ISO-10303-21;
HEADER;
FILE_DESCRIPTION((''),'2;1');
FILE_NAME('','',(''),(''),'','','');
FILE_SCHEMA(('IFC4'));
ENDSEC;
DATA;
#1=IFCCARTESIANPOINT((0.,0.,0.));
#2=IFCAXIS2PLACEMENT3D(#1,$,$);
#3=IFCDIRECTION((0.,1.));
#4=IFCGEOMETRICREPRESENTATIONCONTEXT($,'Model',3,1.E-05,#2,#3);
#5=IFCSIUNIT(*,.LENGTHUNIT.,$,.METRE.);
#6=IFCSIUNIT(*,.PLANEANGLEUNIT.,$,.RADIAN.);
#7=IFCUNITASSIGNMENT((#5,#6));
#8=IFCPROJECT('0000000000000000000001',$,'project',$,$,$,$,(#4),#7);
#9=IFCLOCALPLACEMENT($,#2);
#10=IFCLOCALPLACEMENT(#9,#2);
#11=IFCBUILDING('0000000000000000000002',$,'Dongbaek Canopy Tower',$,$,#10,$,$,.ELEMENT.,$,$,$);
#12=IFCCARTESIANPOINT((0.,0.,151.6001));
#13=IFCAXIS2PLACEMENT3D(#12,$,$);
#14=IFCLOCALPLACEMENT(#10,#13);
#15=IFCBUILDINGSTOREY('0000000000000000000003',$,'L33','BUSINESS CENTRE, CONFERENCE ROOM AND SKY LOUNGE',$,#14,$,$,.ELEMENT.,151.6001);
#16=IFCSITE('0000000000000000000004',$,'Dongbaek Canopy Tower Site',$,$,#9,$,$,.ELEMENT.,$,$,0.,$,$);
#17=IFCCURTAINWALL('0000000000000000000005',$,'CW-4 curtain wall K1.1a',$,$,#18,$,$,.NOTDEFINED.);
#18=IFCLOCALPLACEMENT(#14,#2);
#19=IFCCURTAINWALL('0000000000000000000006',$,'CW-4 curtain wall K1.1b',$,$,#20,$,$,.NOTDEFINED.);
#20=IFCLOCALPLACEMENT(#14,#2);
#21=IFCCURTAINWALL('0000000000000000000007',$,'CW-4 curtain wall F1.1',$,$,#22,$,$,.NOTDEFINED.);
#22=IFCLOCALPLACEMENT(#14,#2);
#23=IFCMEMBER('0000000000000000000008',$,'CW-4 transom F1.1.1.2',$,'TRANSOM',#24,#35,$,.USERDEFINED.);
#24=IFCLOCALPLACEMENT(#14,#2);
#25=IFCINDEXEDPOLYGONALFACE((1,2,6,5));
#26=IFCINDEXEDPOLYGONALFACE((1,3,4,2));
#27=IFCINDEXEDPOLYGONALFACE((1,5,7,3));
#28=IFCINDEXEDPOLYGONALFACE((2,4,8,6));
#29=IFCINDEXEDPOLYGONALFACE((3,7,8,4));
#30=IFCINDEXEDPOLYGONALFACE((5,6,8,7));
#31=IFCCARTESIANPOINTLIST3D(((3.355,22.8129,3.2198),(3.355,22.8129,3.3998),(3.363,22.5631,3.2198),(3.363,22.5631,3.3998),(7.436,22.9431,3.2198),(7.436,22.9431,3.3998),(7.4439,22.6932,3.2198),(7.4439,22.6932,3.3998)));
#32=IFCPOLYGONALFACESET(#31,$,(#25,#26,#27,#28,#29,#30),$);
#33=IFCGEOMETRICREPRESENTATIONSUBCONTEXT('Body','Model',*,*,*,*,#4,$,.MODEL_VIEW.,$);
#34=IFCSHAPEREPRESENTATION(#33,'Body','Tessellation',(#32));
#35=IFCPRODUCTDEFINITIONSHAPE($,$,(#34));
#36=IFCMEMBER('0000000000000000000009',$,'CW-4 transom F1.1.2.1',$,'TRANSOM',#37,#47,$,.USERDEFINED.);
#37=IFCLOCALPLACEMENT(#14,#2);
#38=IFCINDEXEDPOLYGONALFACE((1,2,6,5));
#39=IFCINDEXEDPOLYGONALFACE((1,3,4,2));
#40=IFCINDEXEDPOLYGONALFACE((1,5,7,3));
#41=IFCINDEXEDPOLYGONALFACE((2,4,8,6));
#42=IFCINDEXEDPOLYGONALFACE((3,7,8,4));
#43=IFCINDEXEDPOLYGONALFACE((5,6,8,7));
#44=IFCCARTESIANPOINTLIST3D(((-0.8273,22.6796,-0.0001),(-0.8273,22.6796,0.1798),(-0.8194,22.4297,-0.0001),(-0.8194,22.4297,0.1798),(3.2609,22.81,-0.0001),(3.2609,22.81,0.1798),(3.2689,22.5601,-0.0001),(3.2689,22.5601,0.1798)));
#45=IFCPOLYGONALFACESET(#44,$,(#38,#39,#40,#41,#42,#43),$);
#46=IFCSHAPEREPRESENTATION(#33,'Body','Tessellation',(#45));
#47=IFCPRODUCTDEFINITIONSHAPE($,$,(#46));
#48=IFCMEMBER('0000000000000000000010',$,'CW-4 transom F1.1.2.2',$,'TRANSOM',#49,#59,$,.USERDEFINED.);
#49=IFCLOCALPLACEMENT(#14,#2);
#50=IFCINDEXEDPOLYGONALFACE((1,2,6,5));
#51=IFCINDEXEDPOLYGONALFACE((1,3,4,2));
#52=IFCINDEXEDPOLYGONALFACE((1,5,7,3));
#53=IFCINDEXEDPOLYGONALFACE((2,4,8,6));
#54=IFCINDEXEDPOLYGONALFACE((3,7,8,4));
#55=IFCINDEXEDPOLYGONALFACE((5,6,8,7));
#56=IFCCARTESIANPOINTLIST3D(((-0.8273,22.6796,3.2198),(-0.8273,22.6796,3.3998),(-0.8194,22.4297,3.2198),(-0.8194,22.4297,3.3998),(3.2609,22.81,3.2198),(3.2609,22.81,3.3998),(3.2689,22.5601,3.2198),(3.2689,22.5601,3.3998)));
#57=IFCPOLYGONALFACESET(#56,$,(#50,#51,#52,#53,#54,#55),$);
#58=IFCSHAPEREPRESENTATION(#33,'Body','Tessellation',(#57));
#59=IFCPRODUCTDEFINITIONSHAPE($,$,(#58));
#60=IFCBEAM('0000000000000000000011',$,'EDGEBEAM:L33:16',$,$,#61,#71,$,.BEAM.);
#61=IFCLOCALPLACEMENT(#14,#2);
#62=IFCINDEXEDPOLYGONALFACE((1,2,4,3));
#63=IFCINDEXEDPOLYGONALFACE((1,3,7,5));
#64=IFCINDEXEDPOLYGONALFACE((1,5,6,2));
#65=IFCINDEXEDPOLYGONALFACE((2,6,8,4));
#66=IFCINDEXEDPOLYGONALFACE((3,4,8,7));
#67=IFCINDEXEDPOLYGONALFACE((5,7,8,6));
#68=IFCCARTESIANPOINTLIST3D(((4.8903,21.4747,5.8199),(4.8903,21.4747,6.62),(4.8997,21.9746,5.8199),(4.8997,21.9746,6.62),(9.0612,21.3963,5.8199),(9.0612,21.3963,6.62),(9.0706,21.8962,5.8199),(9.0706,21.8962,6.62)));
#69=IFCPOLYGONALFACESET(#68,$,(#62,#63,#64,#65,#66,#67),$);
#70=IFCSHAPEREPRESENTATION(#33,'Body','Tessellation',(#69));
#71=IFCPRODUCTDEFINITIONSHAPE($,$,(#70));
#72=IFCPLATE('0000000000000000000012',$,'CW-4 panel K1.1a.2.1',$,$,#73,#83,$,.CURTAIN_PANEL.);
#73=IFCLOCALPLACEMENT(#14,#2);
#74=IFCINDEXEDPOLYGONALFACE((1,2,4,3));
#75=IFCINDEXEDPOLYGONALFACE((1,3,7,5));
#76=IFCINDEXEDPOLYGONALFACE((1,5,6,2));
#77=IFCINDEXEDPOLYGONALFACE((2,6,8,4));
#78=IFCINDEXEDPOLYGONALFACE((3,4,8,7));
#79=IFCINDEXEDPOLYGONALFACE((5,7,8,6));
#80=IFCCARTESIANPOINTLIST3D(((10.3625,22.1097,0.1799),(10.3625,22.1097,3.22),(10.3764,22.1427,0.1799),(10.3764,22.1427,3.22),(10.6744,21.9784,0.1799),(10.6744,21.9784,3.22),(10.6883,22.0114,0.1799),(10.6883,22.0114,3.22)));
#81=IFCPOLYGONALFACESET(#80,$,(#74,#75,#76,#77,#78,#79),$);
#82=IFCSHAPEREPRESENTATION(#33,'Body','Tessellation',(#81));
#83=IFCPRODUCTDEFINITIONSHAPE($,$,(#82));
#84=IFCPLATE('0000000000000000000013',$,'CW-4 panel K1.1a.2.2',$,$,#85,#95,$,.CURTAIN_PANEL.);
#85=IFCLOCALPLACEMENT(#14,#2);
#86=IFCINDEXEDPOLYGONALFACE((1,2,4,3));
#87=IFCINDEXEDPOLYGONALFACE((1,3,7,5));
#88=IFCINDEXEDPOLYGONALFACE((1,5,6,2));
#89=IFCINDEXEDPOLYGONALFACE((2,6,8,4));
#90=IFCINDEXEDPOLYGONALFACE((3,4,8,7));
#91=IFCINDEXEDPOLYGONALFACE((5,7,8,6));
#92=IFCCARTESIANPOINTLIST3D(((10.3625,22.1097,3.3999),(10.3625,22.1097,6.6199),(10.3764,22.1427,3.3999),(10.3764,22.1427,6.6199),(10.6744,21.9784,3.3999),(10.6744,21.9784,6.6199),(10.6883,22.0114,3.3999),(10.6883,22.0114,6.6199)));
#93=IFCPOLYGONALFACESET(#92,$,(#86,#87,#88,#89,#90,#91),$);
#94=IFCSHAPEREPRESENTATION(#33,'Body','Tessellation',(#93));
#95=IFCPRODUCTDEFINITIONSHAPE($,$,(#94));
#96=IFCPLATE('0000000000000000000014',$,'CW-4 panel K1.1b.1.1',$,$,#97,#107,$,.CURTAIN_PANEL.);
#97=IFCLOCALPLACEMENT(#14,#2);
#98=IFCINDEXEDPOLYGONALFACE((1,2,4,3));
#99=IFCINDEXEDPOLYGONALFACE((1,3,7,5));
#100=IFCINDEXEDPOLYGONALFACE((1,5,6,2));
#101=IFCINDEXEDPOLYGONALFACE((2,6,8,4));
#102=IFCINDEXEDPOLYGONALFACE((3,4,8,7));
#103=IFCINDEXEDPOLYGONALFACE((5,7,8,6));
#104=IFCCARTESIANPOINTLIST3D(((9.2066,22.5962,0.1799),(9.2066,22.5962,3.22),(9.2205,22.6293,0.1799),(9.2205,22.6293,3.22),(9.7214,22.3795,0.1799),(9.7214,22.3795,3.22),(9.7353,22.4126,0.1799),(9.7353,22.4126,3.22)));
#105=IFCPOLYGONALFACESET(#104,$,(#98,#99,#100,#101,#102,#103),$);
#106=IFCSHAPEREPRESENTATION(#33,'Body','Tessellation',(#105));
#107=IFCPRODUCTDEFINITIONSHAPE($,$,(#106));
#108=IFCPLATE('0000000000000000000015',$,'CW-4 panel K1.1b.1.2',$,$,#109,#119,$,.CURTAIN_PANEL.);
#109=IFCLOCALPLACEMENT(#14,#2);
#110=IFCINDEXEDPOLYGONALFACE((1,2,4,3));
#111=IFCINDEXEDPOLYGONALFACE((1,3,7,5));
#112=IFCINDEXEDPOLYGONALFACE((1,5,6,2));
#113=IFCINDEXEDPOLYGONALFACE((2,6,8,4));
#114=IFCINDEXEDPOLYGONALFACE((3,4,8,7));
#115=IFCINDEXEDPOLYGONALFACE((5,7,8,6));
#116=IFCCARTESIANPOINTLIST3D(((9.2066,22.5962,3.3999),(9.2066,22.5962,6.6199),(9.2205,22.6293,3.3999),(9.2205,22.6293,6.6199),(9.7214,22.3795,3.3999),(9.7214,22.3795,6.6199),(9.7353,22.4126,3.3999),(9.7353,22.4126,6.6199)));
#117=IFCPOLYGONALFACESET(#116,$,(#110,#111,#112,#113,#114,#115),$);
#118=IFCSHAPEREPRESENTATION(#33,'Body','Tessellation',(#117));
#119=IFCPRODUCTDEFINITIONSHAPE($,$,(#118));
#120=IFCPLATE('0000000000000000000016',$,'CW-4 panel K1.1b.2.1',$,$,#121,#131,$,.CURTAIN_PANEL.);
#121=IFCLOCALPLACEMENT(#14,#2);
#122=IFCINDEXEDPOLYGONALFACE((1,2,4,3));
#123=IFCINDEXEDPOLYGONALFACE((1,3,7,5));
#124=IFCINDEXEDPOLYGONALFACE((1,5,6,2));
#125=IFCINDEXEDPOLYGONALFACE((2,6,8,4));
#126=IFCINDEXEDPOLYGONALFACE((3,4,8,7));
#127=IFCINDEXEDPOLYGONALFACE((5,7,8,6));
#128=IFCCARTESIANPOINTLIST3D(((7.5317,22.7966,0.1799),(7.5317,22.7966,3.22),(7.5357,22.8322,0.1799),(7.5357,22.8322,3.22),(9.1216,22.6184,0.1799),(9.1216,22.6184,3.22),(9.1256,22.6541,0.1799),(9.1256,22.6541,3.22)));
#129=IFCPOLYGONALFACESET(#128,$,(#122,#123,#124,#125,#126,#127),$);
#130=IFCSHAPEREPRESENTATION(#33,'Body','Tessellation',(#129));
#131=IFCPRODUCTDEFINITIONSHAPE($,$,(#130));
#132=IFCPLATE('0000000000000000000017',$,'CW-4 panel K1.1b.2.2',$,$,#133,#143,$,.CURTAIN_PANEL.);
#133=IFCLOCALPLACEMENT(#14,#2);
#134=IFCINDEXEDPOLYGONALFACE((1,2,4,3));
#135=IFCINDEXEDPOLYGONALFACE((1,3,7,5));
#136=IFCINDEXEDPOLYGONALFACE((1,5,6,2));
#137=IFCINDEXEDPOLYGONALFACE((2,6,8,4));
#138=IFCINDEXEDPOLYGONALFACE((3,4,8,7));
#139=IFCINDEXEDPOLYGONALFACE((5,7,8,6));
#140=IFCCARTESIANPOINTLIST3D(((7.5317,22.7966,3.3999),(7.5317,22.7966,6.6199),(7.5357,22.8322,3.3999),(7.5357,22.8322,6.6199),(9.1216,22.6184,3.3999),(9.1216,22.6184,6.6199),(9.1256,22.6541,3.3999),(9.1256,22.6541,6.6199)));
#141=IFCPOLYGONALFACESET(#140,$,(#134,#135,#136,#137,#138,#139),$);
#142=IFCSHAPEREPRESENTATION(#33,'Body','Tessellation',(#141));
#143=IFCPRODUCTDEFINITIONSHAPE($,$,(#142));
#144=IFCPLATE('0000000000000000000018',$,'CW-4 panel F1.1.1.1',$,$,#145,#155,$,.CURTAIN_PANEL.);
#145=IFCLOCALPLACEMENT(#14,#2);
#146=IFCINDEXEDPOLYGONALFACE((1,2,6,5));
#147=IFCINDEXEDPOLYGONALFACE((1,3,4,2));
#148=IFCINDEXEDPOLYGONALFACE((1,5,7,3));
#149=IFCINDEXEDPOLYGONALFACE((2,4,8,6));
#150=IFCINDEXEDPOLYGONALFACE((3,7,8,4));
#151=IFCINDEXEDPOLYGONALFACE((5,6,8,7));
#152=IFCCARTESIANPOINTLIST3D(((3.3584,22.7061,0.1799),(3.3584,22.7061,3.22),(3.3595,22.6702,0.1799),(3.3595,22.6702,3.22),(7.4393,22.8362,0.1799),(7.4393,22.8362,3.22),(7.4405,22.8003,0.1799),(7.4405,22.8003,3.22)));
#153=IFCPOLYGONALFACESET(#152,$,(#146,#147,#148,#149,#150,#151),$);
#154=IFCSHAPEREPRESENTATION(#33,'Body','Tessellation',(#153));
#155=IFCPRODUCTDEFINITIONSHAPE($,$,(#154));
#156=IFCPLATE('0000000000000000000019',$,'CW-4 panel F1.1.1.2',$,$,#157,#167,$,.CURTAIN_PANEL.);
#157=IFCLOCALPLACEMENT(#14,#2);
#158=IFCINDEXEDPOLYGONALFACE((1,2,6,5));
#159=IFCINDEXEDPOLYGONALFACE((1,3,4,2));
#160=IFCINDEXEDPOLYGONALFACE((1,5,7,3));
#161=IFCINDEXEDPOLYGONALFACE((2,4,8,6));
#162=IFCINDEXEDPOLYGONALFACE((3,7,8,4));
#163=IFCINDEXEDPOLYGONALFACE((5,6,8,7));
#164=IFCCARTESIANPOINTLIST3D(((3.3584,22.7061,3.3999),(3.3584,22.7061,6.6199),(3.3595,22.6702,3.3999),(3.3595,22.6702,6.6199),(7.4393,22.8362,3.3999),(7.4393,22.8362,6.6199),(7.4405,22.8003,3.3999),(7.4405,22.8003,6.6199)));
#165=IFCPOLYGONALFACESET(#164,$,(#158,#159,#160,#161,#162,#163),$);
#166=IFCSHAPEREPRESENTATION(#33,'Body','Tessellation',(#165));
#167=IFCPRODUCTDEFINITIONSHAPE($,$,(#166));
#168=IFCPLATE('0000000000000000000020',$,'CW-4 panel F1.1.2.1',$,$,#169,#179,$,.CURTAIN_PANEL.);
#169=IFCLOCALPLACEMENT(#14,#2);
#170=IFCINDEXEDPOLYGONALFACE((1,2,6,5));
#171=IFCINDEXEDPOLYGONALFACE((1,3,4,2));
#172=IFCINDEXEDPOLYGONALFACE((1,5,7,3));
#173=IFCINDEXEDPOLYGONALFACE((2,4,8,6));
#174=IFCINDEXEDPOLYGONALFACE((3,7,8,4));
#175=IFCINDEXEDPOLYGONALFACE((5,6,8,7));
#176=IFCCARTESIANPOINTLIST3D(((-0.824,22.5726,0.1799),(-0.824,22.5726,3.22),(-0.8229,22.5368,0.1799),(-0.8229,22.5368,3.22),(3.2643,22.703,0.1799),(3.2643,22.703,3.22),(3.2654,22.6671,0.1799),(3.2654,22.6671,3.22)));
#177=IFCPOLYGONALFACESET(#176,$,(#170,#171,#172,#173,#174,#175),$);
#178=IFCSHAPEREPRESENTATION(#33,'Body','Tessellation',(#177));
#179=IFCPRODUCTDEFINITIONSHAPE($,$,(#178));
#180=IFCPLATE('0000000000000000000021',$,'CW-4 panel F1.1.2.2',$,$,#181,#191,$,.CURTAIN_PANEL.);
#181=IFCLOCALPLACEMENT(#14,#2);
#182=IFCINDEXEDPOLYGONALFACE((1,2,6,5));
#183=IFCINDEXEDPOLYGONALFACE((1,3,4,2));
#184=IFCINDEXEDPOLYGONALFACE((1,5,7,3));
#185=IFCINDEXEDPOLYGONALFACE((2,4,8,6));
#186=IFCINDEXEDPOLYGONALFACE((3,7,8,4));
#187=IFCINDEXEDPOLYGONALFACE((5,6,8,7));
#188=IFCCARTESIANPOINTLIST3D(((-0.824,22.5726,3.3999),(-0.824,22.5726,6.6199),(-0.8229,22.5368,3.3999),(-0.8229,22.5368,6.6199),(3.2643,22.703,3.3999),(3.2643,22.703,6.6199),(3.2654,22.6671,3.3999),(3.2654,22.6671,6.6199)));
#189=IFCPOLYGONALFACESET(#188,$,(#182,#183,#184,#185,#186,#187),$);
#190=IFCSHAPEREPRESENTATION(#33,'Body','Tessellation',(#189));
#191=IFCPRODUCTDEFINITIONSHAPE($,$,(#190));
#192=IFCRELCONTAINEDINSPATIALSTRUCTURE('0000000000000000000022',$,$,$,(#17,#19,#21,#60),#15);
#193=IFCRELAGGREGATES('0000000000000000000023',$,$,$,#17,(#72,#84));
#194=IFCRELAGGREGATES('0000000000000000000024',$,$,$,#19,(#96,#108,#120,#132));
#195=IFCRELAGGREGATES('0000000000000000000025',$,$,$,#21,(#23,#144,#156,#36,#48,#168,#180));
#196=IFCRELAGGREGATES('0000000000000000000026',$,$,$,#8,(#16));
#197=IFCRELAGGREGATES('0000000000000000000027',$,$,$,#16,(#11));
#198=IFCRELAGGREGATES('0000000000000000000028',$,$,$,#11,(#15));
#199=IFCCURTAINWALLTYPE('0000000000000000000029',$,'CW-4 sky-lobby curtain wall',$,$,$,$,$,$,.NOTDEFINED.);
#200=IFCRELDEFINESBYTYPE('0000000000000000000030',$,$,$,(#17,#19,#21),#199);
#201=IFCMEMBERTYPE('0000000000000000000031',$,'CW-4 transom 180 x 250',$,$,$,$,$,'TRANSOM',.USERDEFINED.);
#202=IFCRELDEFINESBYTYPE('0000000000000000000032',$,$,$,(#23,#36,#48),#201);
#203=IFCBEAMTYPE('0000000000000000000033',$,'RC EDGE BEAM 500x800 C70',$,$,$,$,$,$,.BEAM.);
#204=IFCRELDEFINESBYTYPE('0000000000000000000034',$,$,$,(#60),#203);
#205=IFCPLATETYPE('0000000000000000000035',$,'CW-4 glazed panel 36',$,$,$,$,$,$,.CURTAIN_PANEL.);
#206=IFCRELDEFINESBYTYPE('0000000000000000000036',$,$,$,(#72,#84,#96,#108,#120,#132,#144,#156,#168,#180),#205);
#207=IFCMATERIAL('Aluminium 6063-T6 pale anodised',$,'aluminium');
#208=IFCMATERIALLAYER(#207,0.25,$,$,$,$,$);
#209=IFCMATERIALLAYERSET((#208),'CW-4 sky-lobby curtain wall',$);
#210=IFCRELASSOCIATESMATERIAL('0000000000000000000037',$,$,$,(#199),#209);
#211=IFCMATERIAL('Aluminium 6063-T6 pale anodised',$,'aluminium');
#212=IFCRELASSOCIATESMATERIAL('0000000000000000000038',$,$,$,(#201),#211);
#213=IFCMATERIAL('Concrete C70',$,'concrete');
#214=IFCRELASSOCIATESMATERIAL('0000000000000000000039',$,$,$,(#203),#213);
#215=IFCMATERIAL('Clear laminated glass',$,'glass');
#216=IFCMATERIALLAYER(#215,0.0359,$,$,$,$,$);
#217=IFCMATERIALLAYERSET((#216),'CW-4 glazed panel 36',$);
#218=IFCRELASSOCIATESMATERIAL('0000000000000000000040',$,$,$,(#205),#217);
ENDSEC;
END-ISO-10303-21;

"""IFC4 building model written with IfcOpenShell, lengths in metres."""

from ifc_helpers import new_model, si_unit, direction, frame, origin, origin_2d, place, context, subcontext, project, spatial, rectangle, extrude, material, layer, layer_set, material_profile, profile_set, type_object, element, aggregate, save


model = new_model("IFC4")

# Units and contexts
model_context = context("Model", 3, precision=1e-05, world=origin(), true_north=direction((0.0, 1.0)))
body_context = subcontext(model_context, "Body", "Model", "MODEL_VIEW")
ifc_project = project(units=[si_unit("LENGTHUNIT", "METRE"), si_unit("PLANEANGLEUNIT", "RADIAN")], contexts=[model_context])

# Site, building, storey
site_placement = place(None, origin())
site = spatial("IfcSite", under=ifc_project, at=site_placement, Name="Dongbaek Canopy Tower Site", CompositionType="ELEMENT", RefElevation=0.0)
building_placement = place(site_placement, origin())
building = spatial("IfcBuilding", under=site, at=building_placement, Name="Dongbaek Canopy Tower", CompositionType="ELEMENT")
storey_placement = place(building_placement, frame((0.0, 0.0, 151.6001)))
storey = spatial("IfcBuildingStorey", under=building, at=storey_placement, Name="L33", Description="BUSINESS CENTRE, CONFERENCE ROOM AND SKY LOUNGE", CompositionType="ELEMENT", Elevation=151.6001)

# Curtain walls
ifc_material_1 = material(Name="Aluminium 6063-T6 pale anodised", Category="aluminium")
ifc_layer_1 = layer(ifc_material_1, 0.25)
ifc_layer_set_1 = layer_set([ifc_layer_1], Name="CW-4 sky-lobby curtain wall")
curtain_wall_type = type_object("IfcCurtainWallType", Name="CW-4 sky-lobby curtain wall", PredefinedType="NOTDEFINED", material=ifc_layer_set_1)
curtain_wall_1_placement = place(storey_placement, origin())
curtain_wall_1 = element("IfcCurtainWall", 1, at=curtain_wall_1_placement, inside=storey, type_object=curtain_wall_type, Name="CW-4 curtain wall K1.1a", PredefinedType="NOTDEFINED")
curtain_wall_2_placement = place(storey_placement, origin())
curtain_wall_2 = element("IfcCurtainWall", 2, at=curtain_wall_2_placement, inside=storey, type_object=curtain_wall_type, Name="CW-4 curtain wall K1.1b", PredefinedType="NOTDEFINED")

# Curtain wall
curtain_wall_3_placement = place(storey_placement, origin())
curtain_wall_3 = element("IfcCurtainWall", 3, at=curtain_wall_3_placement, inside=storey, type_object=curtain_wall_type, Name="CW-4 curtain wall F1.1", PredefinedType="NOTDEFINED")

# Members
ifc_material_2 = material(Name="Aluminium 6063-T6 pale anodised", Category="aluminium")
ifc_material_profile_1 = material_profile(ifc_material_2, rectangle(XDim=0.25, YDim=0.1799, at=origin_2d()), Name="CW-4 transom 180 x 250")
ifc_profile_set_1 = profile_set([ifc_material_profile_1], Name="Aluminium 6063-T6 pale anodised")
member_type_1 = type_object("IfcMemberType", Name="CW-4 transom 180 x 250", ElementType="TRANSOM", PredefinedType="USERDEFINED", material=ifc_profile_set_1)
member_1_placement = place(storey_placement, frame((7.4399, 22.8181, 3.3098), z_axis=(-0.999492, -0.031869, 0.0), x_axis=(0.031869, -0.999492, 0.0)))
member_1 = element("IfcMember", 4, at=member_1_placement, type_object=member_type_1, Name="CW-4 transom F1.1.1.2", ObjectType="TRANSOM", PredefinedType="USERDEFINED", context=body_context, shape_type="SweptSolid", body=[
    extrude(rectangle(XDim=0.25, YDim=0.1799, at=origin_2d()), origin(), (0.0, 0.0, 1.0), 4.083),
])
member_2_placement = place(storey_placement, frame((3.2649, 22.6851, 0.0898), z_axis=(-0.999492, -0.031874, 0.0), x_axis=(0.031874, -0.999492, 0.0)))
member_2 = element("IfcMember", 5, at=member_2_placement, type_object=member_type_1, Name="CW-4 transom F1.1.2.1", ObjectType="TRANSOM", PredefinedType="USERDEFINED", context=body_context, shape_type="SweptSolid", body=[
    extrude(rectangle(XDim=0.25, YDim=0.1799, at=origin_2d()), origin(), (0.0, 0.0, 1.0), 4.0903),
])
member_3_placement = place(storey_placement, frame((3.2649, 22.6851, 3.3098), z_axis=(-0.999492, -0.031874, 0.0), x_axis=(0.031874, -0.999492, 0.0)))
member_3 = element("IfcMember", 6, at=member_3_placement, type_object=member_type_1, Name="CW-4 transom F1.1.2.2", ObjectType="TRANSOM", PredefinedType="USERDEFINED", context=body_context, shape_type="SweptSolid", body=[
    extrude(rectangle(XDim=0.25, YDim=0.1799, at=origin_2d()), origin(), (0.0, 0.0, 1.0), 4.0903),
])

# Beam
ifc_material_3 = material(Name="Concrete C70", Category="concrete")
ifc_material_profile_2 = material_profile(ifc_material_3, rectangle(XDim=0.5, YDim=0.8, at=origin_2d()), Name="RC EDGE BEAM 500x800 C70")
ifc_profile_set_2 = profile_set([ifc_material_profile_2], Name="Concrete C70")
beam_type = type_object("IfcBeamType", Name="RC EDGE BEAM 500x800 C70", PredefinedType="BEAM", material=ifc_profile_set_2)
beam_placement = place(storey_placement, frame((4.895, 21.7246, 6.22), z_axis=(0.999824, -0.018786, 0.0), x_axis=(0.018786, 0.999824, 0.0)))
element("IfcBeam", 7, at=beam_placement, inside=storey, type_object=beam_type, Name="EDGEBEAM:L33:16", PredefinedType="BEAM", context=body_context, shape_type="SweptSolid", body=[
    extrude(rectangle(XDim=0.5, YDim=0.8, at=origin_2d()), origin(), (0.0, 0.0, 1.0), 4.1716),
])

# Plates
ifc_material_4 = material(Name="Clear laminated glass", Category="glass")
ifc_layer_2 = layer(ifc_material_4, 0.0359)
ifc_layer_set_2 = layer_set([ifc_layer_2], Name="CW-4 glazed panel 36")
plate_type = type_object("IfcPlateType", Name="CW-4 glazed panel 36", PredefinedType="CURTAIN_PANEL", material=ifc_layer_set_2)
plate_1_placement = place(storey_placement, frame((10.5254, 22.0605, 0.1799), z_axis=(0.0, 0.0, 1.0), x_axis=(-0.921657, 0.388005, 0.0)))
plate_1 = element("IfcPlate", 8, at=plate_1_placement, type_object=plate_type, Name="CW-4 panel K1.1a.2.1", PredefinedType="CURTAIN_PANEL", context=body_context, shape_type="SweptSolid", body=[
    extrude(rectangle(XDim=0.3384, YDim=0.0359, at=origin_2d()), origin(), (0.0, 0.0, 1.0), 3.04),
])
plate_2_placement = place(storey_placement, frame((10.5254, 22.0605, 3.3999), z_axis=(0.0, 0.0, 1.0), x_axis=(-0.921657, 0.388005, 0.0)))
plate_2 = element("IfcPlate", 9, at=plate_2_placement, type_object=plate_type, Name="CW-4 panel K1.1a.2.2", PredefinedType="CURTAIN_PANEL", context=body_context, shape_type="SweptSolid", body=[
    extrude(rectangle(XDim=0.3384, YDim=0.0359, at=origin_2d()), origin(), (0.0, 0.0, 1.0), 3.22),
])
aggregate(curtain_wall_1, [plate_1, plate_2])
plate_3_placement = place(storey_placement, frame((9.4709, 22.5044, 0.1799), z_axis=(0.0, 0.0, 1.0), x_axis=(-0.921657, 0.388005, 0.0)))
plate_3 = element("IfcPlate", 10, at=plate_3_placement, type_object=plate_type, Name="CW-4 panel K1.1b.1.1", PredefinedType="CURTAIN_PANEL", context=body_context, shape_type="SweptSolid", body=[
    extrude(rectangle(XDim=0.5586, YDim=0.0359, at=origin_2d()), origin(), (0.0, 0.0, 1.0), 3.04),
])
plate_4_placement = place(storey_placement, frame((9.4709, 22.5044, 3.3999), z_axis=(0.0, 0.0, 1.0), x_axis=(-0.921657, 0.388005, 0.0)))
plate_4 = element("IfcPlate", 11, at=plate_4_placement, type_object=plate_type, Name="CW-4 panel K1.1b.1.2", PredefinedType="CURTAIN_PANEL", context=body_context, shape_type="SweptSolid", body=[
    extrude(rectangle(XDim=0.5586, YDim=0.0359, at=origin_2d()), origin(), (0.0, 0.0, 1.0), 3.22),
])
plate_5_placement = place(storey_placement, frame((8.3286, 22.7253, 0.1799), z_axis=(0.0, 0.0, 1.0), x_axis=(-0.993782, 0.111342, 0.0)))
plate_5 = element("IfcPlate", 12, at=plate_5_placement, type_object=plate_type, Name="CW-4 panel K1.1b.2.1", PredefinedType="CURTAIN_PANEL", context=body_context, shape_type="SweptSolid", body=[
    extrude(rectangle(XDim=1.5999, YDim=0.0359, at=origin_2d()), origin(), (0.0, 0.0, 1.0), 3.04),
])
plate_6_placement = place(storey_placement, frame((8.3286, 22.7253, 3.3999), z_axis=(0.0, 0.0, 1.0), x_axis=(-0.993782, 0.111342, 0.0)))
plate_6 = element("IfcPlate", 13, at=plate_6_placement, type_object=plate_type, Name="CW-4 panel K1.1b.2.2", PredefinedType="CURTAIN_PANEL", context=body_context, shape_type="SweptSolid", body=[
    extrude(rectangle(XDim=1.5999, YDim=0.0359, at=origin_2d()), origin(), (0.0, 0.0, 1.0), 3.22),
])
aggregate(curtain_wall_2, [plate_3, plate_4, plate_5, plate_6])
plate_7_placement = place(storey_placement, frame((5.3994, 22.7532, 0.1799), z_axis=(0.0, 0.0, 1.0), x_axis=(-0.999492, -0.031868, 0.0)))
plate_7 = element("IfcPlate", 14, at=plate_7_placement, type_object=plate_type, Name="CW-4 panel F1.1.1.1", PredefinedType="CURTAIN_PANEL", context=body_context, shape_type="SweptSolid", body=[
    extrude(rectangle(XDim=4.083, YDim=0.0359, at=origin_2d()), origin(), (0.0, 0.0, 1.0), 3.04),
])
plate_8_placement = place(storey_placement, frame((5.3994, 22.7532, 3.3999), z_axis=(0.0, 0.0, 1.0), x_axis=(-0.999492, -0.031868, 0.0)))
plate_8 = element("IfcPlate", 15, at=plate_8_placement, type_object=plate_type, Name="CW-4 panel F1.1.1.2", PredefinedType="CURTAIN_PANEL", context=body_context, shape_type="SweptSolid", body=[
    extrude(rectangle(XDim=4.083, YDim=0.0359, at=origin_2d()), origin(), (0.0, 0.0, 1.0), 3.22),
])
plate_9_placement = place(storey_placement, frame((1.2207, 22.6199, 0.1799), z_axis=(0.0, 0.0, 1.0), x_axis=(-0.999492, -0.031868, 0.0)))
plate_9 = element("IfcPlate", 16, at=plate_9_placement, type_object=plate_type, Name="CW-4 panel F1.1.2.1", PredefinedType="CURTAIN_PANEL", context=body_context, shape_type="SweptSolid", body=[
    extrude(rectangle(XDim=4.0903, YDim=0.0359, at=origin_2d()), origin(), (0.0, 0.0, 1.0), 3.04),
])
plate_10_placement = place(storey_placement, frame((1.2207, 22.6199, 3.3999), z_axis=(0.0, 0.0, 1.0), x_axis=(-0.999492, -0.031868, 0.0)))
plate_10 = element("IfcPlate", 17, at=plate_10_placement, type_object=plate_type, Name="CW-4 panel F1.1.2.2", PredefinedType="CURTAIN_PANEL", context=body_context, shape_type="SweptSolid", body=[
    extrude(rectangle(XDim=4.0903, YDim=0.0359, at=origin_2d()), origin(), (0.0, 0.0, 1.0), 3.22),
])

aggregate(curtain_wall_3, [member_1, plate_7, plate_8, member_2, member_3, plate_9, plate_10])

save(model, "model.ifc")
